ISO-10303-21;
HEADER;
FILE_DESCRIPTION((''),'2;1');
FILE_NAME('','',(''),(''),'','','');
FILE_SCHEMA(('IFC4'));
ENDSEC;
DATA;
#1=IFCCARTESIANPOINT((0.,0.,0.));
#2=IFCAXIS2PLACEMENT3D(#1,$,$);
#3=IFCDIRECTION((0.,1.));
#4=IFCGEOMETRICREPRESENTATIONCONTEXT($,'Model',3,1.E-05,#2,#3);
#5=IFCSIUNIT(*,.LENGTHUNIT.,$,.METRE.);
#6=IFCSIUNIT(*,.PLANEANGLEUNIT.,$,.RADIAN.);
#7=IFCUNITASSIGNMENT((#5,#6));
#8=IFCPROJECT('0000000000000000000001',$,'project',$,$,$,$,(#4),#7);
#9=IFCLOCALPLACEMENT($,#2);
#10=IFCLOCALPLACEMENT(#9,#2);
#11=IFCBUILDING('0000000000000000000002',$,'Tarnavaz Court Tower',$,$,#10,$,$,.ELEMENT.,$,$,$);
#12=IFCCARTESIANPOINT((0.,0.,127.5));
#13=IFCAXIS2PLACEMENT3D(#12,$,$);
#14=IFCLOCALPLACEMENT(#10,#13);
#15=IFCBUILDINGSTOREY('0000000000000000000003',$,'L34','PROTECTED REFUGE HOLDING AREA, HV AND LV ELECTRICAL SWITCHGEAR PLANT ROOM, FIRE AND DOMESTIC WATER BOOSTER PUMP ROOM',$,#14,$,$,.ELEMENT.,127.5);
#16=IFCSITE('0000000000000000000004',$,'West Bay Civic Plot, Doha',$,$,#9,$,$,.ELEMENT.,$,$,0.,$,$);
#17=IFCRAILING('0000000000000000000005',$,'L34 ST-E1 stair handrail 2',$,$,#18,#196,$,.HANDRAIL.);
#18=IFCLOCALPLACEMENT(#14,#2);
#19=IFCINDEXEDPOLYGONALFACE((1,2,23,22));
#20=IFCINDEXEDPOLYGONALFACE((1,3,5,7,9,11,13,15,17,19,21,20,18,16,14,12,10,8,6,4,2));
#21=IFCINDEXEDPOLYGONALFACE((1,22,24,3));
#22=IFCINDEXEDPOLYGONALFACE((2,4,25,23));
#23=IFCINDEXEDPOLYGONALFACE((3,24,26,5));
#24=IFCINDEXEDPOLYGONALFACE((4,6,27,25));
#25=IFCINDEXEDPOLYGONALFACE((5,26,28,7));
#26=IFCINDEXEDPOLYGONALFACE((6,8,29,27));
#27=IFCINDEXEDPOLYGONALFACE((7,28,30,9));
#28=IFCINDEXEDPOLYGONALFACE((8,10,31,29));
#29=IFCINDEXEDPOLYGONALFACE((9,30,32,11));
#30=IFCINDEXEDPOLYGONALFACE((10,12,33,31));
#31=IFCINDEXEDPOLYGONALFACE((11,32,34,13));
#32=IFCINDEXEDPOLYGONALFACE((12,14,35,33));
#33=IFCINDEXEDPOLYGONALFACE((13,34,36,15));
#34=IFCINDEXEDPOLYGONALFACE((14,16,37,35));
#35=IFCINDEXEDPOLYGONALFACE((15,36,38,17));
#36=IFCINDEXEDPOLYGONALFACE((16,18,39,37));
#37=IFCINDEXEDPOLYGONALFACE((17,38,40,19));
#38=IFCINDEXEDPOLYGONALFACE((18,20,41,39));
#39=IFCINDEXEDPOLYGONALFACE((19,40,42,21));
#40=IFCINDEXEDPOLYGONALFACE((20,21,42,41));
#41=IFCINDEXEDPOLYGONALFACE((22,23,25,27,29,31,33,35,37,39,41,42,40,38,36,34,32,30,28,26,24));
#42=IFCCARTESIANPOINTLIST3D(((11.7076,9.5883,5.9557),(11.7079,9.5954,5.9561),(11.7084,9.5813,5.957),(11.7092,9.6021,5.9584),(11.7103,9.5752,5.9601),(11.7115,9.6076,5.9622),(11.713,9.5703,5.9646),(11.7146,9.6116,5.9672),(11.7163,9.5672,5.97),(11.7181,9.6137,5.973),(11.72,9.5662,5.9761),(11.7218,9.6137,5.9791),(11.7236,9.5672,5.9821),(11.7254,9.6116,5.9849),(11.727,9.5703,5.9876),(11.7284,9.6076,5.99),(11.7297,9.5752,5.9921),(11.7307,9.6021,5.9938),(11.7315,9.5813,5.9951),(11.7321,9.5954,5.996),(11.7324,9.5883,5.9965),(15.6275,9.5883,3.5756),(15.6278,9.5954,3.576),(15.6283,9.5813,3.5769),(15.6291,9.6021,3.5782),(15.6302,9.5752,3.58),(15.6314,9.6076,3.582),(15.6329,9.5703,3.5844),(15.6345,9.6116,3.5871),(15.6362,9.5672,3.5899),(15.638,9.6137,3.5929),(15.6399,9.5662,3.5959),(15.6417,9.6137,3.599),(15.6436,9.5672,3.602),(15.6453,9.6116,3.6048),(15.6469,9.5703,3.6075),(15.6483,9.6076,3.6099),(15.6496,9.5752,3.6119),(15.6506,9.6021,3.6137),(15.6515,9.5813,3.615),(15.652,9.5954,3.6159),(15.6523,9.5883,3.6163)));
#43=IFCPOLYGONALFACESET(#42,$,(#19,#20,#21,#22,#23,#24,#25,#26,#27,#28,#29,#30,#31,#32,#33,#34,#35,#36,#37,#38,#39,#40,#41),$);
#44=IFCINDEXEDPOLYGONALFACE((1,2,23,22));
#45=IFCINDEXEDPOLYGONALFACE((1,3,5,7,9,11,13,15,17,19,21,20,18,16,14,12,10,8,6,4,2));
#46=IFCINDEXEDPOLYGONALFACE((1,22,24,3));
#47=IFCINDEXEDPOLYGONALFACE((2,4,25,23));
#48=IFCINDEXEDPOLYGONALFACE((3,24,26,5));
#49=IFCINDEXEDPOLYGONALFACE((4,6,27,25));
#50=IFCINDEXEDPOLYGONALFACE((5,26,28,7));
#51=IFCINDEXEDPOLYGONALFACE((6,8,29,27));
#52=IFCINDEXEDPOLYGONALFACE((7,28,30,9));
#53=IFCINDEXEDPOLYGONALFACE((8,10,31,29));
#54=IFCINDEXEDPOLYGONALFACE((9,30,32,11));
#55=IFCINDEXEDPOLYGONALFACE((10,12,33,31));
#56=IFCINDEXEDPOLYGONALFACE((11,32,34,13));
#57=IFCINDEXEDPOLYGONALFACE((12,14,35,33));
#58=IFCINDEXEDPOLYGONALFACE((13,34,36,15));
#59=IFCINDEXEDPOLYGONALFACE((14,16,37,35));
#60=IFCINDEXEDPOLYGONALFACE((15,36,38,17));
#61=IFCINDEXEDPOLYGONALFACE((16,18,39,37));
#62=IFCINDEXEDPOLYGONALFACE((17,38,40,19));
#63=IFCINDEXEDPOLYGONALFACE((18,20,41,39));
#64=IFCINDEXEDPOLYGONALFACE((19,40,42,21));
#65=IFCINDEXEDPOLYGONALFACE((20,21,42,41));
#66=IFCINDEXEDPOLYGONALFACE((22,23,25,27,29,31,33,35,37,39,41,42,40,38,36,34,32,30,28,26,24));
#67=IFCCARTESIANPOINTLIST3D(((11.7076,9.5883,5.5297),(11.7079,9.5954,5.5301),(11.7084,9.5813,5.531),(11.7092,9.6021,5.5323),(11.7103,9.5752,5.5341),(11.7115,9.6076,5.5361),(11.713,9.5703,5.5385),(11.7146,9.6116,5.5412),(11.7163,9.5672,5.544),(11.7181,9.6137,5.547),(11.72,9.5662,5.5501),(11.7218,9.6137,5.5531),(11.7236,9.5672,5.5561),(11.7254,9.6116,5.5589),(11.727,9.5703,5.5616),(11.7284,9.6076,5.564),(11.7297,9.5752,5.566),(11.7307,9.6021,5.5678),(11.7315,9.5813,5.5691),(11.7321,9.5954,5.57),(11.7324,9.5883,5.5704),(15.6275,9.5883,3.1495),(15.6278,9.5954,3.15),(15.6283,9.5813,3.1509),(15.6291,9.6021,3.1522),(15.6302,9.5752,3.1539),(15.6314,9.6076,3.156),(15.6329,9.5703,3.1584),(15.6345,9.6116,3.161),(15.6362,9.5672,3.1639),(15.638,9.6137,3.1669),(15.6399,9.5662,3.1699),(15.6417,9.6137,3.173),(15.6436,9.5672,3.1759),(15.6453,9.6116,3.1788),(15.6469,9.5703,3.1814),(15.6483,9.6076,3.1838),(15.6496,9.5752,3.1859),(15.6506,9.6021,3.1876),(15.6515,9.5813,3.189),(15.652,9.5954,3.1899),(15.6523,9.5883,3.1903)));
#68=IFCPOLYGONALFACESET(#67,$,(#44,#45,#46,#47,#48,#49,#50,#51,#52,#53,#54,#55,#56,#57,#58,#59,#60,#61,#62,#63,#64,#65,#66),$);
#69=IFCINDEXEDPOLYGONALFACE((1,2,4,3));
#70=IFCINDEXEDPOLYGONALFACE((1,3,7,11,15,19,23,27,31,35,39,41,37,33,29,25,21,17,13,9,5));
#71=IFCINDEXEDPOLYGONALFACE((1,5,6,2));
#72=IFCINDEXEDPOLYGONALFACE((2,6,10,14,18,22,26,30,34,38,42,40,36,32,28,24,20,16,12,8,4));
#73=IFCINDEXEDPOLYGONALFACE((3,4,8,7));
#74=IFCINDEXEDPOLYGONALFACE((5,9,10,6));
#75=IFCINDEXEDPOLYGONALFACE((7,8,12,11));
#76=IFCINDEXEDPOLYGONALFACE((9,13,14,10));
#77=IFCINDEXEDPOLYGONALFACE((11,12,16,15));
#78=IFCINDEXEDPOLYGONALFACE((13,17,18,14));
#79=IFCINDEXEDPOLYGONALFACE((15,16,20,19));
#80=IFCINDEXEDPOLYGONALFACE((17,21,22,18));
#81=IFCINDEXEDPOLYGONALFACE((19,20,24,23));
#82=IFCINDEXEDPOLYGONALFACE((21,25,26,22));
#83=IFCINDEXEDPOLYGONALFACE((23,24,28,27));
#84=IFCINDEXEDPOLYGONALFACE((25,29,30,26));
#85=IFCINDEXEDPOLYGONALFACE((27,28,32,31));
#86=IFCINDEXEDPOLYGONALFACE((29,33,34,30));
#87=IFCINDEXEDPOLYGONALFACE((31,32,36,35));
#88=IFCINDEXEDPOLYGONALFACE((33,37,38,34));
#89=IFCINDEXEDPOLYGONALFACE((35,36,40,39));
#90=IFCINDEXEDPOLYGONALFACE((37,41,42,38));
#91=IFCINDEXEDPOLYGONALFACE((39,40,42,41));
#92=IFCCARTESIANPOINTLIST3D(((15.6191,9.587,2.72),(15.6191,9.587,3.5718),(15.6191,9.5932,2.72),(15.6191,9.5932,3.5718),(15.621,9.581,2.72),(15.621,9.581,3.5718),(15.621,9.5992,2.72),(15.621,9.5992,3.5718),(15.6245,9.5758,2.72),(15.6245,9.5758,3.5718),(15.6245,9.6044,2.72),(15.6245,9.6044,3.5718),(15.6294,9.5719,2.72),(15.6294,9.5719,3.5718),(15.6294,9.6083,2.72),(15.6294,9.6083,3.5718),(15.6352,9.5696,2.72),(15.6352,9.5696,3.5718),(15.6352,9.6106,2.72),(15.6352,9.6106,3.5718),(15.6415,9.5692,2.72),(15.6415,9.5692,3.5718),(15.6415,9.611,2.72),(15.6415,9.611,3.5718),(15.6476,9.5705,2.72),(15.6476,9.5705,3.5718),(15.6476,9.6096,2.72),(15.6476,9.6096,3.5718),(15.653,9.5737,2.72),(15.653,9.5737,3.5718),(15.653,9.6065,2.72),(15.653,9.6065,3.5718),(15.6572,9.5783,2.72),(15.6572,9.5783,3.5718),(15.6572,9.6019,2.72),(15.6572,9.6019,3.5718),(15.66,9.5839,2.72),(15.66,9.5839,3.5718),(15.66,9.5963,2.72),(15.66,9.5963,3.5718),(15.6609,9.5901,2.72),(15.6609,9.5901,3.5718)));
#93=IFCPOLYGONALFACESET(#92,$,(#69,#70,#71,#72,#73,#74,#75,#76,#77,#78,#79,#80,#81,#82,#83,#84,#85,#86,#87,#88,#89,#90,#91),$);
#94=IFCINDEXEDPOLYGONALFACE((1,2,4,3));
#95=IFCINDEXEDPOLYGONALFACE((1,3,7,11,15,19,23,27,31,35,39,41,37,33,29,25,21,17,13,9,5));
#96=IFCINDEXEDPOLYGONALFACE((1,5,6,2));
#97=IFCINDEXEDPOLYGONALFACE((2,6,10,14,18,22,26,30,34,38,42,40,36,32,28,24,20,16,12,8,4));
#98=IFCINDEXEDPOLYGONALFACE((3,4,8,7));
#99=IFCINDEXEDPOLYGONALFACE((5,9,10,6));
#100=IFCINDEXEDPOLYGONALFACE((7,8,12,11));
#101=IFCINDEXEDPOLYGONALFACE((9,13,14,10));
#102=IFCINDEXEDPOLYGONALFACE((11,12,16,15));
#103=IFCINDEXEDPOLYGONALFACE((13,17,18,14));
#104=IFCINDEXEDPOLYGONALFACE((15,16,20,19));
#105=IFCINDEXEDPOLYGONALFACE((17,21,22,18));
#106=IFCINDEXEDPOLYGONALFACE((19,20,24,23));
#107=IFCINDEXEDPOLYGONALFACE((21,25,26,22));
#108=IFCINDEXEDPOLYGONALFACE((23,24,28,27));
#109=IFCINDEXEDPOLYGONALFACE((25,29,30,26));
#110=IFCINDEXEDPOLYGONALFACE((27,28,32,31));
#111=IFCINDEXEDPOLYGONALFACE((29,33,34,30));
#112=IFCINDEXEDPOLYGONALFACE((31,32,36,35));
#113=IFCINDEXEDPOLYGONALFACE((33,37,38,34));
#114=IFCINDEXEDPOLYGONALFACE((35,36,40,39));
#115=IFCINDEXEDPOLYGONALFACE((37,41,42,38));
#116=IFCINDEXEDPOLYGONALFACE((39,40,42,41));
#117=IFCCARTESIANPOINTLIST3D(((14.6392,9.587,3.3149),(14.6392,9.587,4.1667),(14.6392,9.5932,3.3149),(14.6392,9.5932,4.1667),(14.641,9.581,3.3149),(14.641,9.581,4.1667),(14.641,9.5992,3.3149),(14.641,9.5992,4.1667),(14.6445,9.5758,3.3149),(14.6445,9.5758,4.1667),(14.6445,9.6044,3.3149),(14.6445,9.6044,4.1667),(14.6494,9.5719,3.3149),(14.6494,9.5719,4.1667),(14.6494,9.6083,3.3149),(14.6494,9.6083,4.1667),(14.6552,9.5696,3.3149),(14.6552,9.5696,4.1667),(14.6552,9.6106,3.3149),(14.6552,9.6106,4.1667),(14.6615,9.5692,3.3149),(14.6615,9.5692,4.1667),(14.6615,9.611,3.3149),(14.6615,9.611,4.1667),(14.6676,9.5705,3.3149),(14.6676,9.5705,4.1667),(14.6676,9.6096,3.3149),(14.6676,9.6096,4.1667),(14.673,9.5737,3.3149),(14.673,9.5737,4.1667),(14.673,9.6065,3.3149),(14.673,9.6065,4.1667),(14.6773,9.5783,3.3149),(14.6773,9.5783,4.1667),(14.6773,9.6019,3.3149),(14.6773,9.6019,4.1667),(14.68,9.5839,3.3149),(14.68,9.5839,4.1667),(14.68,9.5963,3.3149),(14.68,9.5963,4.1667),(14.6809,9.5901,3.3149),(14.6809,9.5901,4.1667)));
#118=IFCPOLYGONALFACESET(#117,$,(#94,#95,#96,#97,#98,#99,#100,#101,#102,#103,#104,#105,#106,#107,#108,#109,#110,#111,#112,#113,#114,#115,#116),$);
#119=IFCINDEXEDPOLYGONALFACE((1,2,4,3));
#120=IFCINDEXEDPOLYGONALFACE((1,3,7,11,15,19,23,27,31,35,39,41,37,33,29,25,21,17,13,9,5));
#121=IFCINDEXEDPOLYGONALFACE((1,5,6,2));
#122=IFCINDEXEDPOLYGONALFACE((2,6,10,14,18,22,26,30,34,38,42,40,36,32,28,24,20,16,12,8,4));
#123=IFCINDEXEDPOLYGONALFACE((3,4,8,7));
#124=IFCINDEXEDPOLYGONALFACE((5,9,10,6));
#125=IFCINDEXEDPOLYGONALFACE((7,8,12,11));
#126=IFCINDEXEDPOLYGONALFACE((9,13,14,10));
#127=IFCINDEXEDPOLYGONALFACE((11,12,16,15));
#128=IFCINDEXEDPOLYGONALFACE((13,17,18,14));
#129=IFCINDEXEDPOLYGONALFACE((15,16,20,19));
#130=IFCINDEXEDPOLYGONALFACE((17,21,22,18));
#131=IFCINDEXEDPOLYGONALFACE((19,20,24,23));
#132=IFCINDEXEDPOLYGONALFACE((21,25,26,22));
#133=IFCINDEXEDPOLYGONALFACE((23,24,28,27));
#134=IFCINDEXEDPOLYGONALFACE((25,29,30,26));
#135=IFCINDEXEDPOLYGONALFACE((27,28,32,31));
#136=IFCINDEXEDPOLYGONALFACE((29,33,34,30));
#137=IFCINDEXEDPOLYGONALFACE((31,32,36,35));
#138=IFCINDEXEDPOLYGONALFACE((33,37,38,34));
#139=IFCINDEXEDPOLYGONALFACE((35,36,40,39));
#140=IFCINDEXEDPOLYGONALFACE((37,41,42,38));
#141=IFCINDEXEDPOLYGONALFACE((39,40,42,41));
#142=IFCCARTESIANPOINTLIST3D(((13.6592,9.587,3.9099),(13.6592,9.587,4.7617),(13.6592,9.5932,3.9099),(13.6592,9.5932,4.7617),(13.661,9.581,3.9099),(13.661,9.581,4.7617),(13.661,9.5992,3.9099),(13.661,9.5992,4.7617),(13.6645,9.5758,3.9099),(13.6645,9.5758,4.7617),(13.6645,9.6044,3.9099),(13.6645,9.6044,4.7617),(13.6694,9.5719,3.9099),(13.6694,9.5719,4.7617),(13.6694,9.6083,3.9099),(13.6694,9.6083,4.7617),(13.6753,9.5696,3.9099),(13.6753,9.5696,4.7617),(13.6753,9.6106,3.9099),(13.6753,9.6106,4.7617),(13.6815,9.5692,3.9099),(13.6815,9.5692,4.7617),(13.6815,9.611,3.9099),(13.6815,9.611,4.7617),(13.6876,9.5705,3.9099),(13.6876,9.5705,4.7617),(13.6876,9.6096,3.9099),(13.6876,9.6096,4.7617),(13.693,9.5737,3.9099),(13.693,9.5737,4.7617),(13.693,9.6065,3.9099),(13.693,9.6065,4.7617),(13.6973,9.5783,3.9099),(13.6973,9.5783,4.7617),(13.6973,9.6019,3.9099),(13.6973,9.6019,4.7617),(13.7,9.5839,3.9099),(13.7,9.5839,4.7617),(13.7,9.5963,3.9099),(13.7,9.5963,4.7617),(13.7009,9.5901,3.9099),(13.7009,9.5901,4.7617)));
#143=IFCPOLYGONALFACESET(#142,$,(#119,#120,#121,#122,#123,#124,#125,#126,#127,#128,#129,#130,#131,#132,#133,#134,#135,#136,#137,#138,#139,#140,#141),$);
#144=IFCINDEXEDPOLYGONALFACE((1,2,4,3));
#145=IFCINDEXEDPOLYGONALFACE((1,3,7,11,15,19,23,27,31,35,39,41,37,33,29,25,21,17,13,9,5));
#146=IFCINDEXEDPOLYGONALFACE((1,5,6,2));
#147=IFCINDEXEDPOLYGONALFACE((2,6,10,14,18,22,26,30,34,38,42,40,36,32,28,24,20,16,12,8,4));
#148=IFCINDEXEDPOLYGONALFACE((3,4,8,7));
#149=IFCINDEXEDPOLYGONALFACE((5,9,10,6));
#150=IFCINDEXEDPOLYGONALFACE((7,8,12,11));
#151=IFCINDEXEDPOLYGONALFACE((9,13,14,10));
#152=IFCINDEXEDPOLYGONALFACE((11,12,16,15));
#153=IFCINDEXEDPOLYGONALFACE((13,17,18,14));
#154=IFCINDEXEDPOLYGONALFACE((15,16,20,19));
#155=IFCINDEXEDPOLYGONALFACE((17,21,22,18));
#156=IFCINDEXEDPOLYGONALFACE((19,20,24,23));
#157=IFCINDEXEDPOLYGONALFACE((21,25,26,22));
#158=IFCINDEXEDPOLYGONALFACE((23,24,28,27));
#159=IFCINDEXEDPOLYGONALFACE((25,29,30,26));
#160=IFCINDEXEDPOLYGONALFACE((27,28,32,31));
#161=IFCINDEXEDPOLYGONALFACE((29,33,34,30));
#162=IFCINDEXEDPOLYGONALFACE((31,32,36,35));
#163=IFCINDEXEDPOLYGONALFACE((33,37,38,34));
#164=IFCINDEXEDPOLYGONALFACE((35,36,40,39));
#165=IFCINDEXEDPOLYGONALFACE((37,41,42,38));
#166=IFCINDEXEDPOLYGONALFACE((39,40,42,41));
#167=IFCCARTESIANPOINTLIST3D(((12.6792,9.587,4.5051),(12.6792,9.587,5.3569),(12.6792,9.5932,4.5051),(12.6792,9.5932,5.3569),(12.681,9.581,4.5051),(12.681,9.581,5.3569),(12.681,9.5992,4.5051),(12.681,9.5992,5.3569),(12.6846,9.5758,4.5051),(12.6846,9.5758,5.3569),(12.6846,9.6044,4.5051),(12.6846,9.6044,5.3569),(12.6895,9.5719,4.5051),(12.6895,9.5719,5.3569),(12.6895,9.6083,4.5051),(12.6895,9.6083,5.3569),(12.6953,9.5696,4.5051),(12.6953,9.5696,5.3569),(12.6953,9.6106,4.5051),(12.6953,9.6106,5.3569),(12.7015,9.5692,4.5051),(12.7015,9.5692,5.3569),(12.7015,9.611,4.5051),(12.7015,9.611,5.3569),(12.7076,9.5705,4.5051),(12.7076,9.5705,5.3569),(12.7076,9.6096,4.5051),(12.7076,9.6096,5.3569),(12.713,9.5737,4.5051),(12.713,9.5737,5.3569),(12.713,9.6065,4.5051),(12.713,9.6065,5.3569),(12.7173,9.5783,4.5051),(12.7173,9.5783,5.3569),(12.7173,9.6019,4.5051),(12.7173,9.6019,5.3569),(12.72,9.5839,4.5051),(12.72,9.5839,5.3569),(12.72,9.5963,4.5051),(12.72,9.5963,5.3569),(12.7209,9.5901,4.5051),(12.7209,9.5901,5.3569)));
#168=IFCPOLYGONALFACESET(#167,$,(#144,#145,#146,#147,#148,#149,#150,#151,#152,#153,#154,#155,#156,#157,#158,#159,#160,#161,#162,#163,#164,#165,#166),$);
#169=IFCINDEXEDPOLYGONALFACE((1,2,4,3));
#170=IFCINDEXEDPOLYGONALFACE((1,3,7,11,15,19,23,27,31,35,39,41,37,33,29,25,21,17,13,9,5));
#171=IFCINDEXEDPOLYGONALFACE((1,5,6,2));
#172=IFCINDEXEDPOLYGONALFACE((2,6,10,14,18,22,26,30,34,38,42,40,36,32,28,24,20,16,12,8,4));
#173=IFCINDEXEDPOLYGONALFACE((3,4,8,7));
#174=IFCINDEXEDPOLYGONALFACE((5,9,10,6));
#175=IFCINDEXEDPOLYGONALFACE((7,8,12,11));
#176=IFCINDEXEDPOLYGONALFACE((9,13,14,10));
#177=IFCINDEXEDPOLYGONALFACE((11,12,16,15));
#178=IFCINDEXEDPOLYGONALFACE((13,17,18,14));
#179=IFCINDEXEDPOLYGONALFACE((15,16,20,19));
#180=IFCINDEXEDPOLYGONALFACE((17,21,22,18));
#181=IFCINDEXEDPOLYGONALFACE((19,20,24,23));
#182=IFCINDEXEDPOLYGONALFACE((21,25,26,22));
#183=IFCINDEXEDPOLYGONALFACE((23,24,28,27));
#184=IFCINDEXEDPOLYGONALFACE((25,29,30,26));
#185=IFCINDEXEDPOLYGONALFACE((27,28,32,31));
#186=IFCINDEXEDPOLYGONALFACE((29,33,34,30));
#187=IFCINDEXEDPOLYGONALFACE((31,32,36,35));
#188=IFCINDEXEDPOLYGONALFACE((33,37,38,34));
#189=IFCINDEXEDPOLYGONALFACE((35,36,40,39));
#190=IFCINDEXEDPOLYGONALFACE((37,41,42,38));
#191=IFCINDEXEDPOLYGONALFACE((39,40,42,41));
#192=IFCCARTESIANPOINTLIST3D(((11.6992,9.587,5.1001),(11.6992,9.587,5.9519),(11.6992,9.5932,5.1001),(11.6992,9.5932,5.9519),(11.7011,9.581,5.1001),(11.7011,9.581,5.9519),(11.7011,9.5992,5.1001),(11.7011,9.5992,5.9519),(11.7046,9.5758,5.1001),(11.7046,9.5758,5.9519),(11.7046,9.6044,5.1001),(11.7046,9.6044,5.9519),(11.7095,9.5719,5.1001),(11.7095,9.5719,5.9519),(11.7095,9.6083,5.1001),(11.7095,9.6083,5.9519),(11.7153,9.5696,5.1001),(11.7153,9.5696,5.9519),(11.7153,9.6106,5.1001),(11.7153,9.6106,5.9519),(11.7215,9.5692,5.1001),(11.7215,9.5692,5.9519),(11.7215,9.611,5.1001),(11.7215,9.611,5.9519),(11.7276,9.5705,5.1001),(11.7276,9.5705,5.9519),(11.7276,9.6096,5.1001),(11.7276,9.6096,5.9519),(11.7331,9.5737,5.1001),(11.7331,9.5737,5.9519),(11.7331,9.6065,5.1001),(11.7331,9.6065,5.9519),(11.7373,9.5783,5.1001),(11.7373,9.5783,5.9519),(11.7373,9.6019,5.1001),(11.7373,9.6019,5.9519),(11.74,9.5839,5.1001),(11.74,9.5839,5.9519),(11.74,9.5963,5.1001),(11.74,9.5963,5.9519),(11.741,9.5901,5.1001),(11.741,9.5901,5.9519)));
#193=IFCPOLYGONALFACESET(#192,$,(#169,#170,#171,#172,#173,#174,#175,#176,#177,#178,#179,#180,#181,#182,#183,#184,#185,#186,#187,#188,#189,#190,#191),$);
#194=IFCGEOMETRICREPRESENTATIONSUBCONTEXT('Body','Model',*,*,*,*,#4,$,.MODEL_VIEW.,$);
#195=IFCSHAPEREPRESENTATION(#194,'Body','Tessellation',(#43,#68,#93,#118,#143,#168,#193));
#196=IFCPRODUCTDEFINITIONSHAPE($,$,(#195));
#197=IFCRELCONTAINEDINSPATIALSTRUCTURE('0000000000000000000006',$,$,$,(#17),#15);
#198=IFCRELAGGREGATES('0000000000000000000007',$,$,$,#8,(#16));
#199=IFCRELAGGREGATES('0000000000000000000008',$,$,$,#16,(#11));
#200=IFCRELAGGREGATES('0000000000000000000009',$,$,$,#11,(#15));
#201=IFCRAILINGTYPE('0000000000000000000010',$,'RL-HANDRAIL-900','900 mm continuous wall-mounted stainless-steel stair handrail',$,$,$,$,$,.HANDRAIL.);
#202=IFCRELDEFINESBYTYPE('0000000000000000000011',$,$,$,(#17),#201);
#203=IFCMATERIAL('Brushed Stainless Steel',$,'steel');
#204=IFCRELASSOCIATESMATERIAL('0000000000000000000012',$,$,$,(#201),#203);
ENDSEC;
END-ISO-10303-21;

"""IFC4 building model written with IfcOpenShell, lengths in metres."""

from ifc_helpers import new_model, si_unit, direction, frame, origin, origin_2d, place, context, subcontext, project, spatial, circle, extrude, material, type_object, element, save


model = new_model("IFC4")

# Units and contexts
model_context = context("Model", 3, precision=1e-05, world=origin(), true_north=direction((0.0, 1.0)))
body_context = subcontext(model_context, "Body", "Model", "MODEL_VIEW")
ifc_project = project(units=[si_unit("LENGTHUNIT", "METRE"), si_unit("PLANEANGLEUNIT", "RADIAN")], contexts=[model_context])

# Site, building, storey
site_placement = place(None, origin())
site = spatial("IfcSite", under=ifc_project, at=site_placement, Name="West Bay Civic Plot, Doha", CompositionType="ELEMENT", RefElevation=0.0)
building_placement = place(site_placement, origin())
building = spatial("IfcBuilding", under=site, at=building_placement, Name="Tarnavaz Court Tower", CompositionType="ELEMENT")
storey_placement = place(building_placement, frame((0.0, 0.0, 127.5)))
storey = spatial("IfcBuildingStorey", under=building, at=storey_placement, Name="L34", Description="PROTECTED REFUGE HOLDING AREA, HV AND LV ELECTRICAL SWITCHGEAR PLANT ROOM, FIRE AND DOMESTIC WATER BOOSTER PUMP ROOM", CompositionType="ELEMENT", Elevation=127.5)

# Railing
ifc_material_1 = material(Name="Brushed Stainless Steel", Category="steel")
railing_type_1 = type_object("IfcRailingType", Name="RL-HANDRAIL-900", Description="900 mm continuous wall-mounted stainless-steel stair handrail", PredefinedType="HANDRAIL", material=ifc_material_1)
railing_1_placement = place(storey_placement, frame((15.6399, 9.5901, 2.72)))
element("IfcRailing", 1, at=railing_1_placement, inside=storey, type_object=railing_type_1, Name="L34 ST-E1 stair handrail 2", PredefinedType="HANDRAIL", context=body_context, shape_type="SweptSolid", body=[
    extrude(circle(Radius=0.0239, at=origin_2d()), frame((0.0, 0.0, 0.876), z_axis=(-0.854771, 0.0, 0.519006), x_axis=(0.0, -1.0, 0.0)), (0.0, 0.0, 1.0), 4.5859),
    extrude(circle(Radius=0.0239, at=origin_2d()), frame((0.0, 0.0, 0.45), z_axis=(-0.854771, 0.0, 0.519006), x_axis=(0.0, -1.0, 0.0)), (0.0, 0.0, 1.0), 4.5859),
    extrude(circle(Radius=0.021, at=origin_2d()), origin(), (0.0, 0.0, 1.0), 0.8518),
    extrude(circle(Radius=0.021, at=origin_2d()), frame((-0.98, 0.0, 0.595)), (0.0, 0.0, 1.0), 0.8518),
    extrude(circle(Radius=0.021, at=origin_2d()), frame((-1.96, 0.0, 1.1899)), (0.0, 0.0, 1.0), 0.8518),
    extrude(circle(Radius=0.021, at=origin_2d()), frame((-2.9399, 0.0, 1.7852)), (0.0, 0.0, 1.0), 0.8518),
    extrude(circle(Radius=0.021, at=origin_2d()), frame((-3.9199, 0.0, 2.3801)), (0.0, 0.0, 1.0), 0.8518),
])

save(model, "model.ifc")
